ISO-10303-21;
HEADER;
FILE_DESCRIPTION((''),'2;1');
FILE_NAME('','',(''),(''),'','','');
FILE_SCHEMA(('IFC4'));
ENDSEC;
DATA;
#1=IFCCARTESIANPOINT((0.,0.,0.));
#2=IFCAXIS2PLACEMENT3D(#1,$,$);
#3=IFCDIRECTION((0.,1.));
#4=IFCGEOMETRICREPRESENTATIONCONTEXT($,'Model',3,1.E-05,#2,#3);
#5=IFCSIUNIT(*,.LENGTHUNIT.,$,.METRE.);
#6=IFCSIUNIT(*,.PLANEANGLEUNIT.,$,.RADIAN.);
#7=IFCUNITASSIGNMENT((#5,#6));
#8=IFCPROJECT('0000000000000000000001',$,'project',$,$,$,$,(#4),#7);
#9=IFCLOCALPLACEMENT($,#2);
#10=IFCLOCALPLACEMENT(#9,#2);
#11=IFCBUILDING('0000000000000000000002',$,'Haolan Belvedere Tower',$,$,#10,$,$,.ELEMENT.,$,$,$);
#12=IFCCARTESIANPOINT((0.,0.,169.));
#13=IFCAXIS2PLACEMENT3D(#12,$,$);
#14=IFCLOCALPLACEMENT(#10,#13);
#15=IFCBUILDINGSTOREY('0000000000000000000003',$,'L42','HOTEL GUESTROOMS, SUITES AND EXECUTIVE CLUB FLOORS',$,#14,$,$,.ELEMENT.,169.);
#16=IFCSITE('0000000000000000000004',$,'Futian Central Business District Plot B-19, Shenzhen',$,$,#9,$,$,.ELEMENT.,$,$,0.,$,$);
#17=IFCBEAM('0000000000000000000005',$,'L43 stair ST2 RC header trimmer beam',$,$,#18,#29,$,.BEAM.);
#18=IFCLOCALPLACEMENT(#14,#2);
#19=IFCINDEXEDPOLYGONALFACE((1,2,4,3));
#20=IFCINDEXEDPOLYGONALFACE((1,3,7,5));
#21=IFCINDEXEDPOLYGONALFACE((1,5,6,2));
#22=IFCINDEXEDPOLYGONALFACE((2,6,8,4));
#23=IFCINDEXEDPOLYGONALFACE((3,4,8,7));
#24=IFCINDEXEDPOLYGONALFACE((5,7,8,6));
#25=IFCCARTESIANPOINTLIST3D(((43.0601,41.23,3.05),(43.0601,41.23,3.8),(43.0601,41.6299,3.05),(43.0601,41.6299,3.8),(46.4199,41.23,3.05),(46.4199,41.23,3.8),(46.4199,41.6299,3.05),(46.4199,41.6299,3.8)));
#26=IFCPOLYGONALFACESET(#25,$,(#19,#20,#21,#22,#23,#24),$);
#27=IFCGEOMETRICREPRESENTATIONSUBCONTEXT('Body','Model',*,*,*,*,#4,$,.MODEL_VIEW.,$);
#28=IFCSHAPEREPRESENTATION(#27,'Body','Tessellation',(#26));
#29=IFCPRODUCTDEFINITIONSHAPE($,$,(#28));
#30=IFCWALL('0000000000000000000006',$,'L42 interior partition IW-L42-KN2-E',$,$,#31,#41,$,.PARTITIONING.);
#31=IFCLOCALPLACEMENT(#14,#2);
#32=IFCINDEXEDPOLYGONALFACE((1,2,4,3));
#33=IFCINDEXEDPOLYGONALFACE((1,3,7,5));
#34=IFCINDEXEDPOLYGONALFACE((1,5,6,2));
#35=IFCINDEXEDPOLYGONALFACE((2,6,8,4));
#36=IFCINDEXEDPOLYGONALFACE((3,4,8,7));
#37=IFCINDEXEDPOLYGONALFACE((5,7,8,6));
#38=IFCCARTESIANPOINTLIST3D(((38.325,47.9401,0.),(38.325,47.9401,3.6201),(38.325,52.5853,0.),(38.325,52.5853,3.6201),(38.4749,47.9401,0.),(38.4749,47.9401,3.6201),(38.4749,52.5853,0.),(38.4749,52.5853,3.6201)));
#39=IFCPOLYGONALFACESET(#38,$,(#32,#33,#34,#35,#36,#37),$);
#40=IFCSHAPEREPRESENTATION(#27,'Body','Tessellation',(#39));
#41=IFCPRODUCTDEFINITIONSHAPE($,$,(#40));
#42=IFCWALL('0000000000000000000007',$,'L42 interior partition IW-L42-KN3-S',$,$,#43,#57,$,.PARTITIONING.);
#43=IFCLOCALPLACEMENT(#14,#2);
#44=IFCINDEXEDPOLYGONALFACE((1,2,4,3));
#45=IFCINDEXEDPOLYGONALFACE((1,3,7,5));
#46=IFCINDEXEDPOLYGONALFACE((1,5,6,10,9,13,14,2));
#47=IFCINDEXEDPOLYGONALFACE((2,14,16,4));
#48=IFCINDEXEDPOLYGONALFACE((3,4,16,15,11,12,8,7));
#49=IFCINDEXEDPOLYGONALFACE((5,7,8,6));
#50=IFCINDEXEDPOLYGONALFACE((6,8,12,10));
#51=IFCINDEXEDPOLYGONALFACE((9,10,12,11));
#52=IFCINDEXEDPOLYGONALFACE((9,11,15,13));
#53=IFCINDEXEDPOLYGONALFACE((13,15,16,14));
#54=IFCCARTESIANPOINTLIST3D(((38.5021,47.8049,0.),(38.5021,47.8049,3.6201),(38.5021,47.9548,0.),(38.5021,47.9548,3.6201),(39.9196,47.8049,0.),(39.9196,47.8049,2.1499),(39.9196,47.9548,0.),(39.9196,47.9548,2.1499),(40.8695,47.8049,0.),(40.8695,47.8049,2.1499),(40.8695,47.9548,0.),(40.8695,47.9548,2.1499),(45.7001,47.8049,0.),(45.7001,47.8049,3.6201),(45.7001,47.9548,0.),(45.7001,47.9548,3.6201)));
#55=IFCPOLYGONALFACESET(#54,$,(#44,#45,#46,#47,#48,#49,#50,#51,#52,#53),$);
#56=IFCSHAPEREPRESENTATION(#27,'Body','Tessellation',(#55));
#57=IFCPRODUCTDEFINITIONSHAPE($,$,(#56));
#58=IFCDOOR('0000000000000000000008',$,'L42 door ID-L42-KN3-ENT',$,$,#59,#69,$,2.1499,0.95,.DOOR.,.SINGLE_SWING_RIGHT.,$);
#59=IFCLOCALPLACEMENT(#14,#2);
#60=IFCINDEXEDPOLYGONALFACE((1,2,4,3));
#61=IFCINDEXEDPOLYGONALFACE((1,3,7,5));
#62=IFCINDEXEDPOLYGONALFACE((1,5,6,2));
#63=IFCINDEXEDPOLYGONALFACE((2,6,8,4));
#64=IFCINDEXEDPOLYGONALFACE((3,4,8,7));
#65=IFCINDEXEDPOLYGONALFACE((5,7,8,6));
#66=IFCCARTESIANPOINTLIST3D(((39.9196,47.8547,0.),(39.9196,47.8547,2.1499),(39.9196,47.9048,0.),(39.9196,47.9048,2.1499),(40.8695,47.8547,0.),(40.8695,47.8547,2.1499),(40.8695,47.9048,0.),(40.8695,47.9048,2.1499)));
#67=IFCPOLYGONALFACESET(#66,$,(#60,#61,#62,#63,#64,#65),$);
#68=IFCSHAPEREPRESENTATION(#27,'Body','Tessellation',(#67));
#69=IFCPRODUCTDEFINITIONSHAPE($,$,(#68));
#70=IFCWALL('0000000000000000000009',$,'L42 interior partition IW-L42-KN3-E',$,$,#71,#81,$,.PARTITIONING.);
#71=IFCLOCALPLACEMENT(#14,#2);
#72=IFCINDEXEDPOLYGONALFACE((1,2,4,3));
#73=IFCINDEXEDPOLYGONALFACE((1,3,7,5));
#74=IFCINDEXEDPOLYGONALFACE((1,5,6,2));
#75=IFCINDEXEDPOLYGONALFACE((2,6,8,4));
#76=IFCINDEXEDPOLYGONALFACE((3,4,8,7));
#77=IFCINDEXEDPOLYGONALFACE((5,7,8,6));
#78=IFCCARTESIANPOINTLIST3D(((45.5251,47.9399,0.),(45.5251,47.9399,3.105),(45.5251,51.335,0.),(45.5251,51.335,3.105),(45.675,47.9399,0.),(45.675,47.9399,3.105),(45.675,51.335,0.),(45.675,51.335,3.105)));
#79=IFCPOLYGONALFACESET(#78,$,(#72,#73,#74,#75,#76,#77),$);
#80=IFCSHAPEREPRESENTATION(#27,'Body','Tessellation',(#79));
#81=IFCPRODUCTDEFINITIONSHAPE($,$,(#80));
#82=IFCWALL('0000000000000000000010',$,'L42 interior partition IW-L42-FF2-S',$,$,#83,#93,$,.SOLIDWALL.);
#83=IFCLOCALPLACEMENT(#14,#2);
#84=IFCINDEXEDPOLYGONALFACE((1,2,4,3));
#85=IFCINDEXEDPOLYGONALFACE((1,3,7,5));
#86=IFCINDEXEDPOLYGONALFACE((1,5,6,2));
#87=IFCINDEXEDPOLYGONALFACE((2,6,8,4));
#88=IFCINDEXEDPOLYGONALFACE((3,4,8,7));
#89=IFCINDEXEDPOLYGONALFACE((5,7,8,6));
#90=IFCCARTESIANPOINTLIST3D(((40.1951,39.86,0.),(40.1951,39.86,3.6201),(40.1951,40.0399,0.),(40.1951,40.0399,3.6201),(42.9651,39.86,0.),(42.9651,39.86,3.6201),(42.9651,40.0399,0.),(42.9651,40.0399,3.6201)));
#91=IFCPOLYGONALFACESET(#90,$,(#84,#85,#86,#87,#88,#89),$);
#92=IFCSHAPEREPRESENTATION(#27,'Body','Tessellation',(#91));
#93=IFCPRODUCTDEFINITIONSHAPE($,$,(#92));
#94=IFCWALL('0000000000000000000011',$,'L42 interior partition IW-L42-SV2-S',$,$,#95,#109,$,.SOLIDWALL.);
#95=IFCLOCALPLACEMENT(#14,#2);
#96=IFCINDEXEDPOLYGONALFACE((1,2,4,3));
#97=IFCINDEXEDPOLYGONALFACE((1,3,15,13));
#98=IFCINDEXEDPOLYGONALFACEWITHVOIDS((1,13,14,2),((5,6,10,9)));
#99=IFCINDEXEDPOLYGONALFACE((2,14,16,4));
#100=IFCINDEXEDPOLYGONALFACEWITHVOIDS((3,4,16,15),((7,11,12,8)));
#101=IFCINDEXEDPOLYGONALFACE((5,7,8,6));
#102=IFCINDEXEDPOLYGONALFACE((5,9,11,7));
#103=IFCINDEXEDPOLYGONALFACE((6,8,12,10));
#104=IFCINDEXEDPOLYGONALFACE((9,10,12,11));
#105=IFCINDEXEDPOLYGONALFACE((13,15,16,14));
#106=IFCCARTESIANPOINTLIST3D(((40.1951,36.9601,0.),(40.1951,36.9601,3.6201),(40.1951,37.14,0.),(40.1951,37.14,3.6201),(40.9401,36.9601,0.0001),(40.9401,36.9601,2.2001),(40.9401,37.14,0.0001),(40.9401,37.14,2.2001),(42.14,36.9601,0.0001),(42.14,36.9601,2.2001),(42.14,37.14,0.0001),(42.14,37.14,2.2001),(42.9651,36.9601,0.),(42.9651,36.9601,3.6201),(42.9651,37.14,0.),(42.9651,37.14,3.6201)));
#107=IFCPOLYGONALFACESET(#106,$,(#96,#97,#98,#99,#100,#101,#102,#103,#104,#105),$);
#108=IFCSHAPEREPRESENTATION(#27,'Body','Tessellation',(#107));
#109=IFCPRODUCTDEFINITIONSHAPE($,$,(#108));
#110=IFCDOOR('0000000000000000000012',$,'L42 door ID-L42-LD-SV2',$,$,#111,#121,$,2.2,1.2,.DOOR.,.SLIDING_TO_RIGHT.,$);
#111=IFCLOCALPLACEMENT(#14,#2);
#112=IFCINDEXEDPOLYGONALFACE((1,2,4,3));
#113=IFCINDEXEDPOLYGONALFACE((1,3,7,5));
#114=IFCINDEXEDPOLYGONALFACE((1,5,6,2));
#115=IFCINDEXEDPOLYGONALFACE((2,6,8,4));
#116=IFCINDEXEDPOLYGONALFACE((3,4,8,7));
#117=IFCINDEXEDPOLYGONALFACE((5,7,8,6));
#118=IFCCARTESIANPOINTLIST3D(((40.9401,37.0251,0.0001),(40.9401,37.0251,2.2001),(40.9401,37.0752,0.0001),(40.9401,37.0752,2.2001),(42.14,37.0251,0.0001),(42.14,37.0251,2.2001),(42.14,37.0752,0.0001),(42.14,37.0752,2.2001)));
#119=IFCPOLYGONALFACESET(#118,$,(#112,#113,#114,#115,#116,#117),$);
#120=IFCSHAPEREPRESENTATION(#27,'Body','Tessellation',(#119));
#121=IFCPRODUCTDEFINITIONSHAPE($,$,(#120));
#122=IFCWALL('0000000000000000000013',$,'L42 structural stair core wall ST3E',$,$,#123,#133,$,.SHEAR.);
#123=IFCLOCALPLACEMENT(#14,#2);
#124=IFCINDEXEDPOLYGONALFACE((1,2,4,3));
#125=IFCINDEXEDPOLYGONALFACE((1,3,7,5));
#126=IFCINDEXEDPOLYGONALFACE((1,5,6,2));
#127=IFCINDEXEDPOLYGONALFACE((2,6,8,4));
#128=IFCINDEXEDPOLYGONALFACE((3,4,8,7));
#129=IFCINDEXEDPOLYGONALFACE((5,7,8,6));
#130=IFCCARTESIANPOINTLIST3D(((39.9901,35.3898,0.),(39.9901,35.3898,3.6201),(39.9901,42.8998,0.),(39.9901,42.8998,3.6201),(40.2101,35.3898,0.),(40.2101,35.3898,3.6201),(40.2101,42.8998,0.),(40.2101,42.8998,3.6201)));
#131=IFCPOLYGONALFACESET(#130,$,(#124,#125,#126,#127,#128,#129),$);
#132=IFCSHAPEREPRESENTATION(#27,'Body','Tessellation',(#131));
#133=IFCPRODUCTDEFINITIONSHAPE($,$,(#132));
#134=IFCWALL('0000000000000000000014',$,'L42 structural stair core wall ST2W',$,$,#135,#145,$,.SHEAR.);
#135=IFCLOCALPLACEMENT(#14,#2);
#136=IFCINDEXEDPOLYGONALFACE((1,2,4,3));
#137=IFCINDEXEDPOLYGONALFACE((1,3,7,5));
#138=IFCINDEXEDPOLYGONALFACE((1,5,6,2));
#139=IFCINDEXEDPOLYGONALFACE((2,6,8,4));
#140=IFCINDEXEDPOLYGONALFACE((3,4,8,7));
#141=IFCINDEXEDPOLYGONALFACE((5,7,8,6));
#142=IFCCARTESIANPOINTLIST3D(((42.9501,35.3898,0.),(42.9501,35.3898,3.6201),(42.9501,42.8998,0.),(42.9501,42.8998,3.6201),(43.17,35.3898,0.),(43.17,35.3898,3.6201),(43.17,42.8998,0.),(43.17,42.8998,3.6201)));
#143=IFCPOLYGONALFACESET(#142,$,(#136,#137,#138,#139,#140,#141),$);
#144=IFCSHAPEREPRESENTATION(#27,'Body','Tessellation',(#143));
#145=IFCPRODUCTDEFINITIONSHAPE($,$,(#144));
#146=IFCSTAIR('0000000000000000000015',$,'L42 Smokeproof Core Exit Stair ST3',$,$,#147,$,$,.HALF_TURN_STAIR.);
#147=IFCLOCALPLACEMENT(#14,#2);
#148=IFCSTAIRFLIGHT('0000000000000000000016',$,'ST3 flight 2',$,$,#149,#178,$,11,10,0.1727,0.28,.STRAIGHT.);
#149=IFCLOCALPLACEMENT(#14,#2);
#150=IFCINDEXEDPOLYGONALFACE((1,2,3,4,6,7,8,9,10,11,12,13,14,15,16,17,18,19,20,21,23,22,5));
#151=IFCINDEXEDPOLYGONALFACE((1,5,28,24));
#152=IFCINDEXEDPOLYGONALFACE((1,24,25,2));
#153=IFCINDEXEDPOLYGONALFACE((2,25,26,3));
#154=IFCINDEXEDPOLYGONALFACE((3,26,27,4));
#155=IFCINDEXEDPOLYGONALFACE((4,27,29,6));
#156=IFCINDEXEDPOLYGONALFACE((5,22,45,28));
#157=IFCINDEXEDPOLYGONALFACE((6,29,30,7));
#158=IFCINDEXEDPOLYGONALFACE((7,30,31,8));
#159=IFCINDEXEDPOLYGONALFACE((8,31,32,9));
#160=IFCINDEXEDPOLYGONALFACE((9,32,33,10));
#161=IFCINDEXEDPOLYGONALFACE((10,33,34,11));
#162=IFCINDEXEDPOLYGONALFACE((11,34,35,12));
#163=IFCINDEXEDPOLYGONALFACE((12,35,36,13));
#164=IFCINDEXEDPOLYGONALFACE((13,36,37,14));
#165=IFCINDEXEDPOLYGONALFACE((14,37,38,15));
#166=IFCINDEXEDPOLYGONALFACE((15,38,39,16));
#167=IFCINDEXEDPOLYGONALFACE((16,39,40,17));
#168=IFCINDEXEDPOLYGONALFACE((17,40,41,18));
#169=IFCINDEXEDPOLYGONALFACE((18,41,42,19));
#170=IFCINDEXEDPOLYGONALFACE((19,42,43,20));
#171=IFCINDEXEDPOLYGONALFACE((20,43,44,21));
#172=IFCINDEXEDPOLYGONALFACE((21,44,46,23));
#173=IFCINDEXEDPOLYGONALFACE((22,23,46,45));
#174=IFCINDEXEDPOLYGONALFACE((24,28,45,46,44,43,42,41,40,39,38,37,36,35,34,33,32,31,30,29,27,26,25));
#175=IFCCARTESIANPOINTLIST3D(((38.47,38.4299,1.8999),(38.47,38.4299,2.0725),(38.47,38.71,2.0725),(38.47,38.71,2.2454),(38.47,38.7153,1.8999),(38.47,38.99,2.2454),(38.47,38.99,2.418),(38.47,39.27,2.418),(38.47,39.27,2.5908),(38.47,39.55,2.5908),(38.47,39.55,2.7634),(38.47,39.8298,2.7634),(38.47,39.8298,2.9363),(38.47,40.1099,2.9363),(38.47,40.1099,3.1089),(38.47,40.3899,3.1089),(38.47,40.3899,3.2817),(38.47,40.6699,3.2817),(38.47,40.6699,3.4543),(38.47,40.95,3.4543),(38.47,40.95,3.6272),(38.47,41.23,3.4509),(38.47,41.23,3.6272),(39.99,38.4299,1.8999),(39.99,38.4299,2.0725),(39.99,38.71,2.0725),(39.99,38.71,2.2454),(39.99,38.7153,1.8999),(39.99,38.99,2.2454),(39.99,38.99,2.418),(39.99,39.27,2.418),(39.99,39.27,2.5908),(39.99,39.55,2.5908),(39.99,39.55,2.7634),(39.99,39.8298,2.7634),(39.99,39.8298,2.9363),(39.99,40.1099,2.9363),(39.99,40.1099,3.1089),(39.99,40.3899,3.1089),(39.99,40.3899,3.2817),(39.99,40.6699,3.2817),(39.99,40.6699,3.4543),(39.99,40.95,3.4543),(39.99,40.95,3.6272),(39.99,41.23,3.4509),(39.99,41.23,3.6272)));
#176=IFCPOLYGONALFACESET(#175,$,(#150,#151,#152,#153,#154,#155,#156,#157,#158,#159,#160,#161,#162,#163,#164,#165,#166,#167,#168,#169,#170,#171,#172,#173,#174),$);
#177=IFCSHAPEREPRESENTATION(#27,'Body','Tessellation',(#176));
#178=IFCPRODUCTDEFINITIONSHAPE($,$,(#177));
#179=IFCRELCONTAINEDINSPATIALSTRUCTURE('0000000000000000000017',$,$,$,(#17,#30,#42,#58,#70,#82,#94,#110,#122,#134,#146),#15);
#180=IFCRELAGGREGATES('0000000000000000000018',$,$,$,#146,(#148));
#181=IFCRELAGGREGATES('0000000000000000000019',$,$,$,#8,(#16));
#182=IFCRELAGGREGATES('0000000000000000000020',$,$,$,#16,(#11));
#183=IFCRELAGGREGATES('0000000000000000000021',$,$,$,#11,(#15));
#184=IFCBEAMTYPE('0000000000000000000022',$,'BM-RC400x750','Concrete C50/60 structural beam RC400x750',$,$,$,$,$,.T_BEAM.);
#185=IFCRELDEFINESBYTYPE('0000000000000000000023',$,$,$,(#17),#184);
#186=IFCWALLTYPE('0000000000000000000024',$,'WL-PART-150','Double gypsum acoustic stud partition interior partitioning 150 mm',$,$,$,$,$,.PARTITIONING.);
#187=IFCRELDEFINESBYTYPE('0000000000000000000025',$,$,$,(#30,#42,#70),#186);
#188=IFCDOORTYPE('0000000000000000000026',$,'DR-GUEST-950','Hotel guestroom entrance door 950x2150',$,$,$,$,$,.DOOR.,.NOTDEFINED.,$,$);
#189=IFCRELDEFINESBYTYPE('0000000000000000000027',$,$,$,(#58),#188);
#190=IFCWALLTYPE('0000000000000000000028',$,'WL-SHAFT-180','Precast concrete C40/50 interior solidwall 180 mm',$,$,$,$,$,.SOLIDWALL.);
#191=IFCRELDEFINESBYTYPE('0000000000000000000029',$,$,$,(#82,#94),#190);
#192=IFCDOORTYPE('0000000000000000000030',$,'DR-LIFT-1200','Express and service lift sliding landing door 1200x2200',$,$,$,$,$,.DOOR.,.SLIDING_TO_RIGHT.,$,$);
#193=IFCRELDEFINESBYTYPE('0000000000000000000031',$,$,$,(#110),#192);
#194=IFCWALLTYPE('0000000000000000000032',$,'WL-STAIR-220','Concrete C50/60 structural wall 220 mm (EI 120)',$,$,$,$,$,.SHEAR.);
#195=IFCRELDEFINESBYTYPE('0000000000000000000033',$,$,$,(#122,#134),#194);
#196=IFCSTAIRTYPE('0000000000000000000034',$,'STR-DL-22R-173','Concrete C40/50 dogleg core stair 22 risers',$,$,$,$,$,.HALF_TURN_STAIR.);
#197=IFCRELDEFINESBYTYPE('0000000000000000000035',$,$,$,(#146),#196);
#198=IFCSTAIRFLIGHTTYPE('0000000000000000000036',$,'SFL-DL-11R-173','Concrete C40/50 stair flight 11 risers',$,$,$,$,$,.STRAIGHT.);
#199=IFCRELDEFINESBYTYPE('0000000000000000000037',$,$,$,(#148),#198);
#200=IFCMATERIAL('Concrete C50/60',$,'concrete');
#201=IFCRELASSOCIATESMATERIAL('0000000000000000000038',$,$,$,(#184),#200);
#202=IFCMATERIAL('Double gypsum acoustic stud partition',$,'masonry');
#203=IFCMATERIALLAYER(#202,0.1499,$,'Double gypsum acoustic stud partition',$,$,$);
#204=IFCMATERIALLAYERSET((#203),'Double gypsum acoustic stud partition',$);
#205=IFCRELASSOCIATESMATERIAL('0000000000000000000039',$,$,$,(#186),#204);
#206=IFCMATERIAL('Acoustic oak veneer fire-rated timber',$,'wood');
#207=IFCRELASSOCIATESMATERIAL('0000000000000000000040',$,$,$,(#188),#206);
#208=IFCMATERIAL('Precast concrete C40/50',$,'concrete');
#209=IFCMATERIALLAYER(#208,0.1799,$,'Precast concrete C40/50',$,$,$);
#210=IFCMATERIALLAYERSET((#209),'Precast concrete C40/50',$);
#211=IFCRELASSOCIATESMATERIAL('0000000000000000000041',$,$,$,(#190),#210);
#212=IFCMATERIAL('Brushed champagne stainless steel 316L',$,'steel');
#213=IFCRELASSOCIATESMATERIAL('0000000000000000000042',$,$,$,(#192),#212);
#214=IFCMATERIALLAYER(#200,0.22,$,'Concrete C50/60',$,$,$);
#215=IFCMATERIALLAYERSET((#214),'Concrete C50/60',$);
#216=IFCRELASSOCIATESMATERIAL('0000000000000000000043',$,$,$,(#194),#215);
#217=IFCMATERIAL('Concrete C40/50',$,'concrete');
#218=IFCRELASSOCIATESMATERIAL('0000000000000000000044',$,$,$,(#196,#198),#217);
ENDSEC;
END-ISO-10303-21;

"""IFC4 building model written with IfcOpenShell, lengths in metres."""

from ifc_helpers import new_model, si_unit, direction, frame, frame_2d, origin, origin_2d, place, context, subcontext, project, spatial, polyline, rectangle, outline, extrude, material, layer, layer_set, material_profile, profile_set, type_object, element, fill, aggregate, save


model = new_model("IFC4")

# Units and contexts
model_context = context("Model", 3, precision=1e-05, world=origin(), true_north=direction((0.0, 1.0)))
body_context = subcontext(model_context, "Body", "Model", "MODEL_VIEW")
ifc_project = project(units=[si_unit("LENGTHUNIT", "METRE"), si_unit("PLANEANGLEUNIT", "RADIAN")], contexts=[model_context])

# Site, building, storey
site_placement = place(None, origin())
site = spatial("IfcSite", under=ifc_project, at=site_placement, Name="Futian Central Business District Plot B-19, Shenzhen", CompositionType="ELEMENT", RefElevation=0.0)
building_placement = place(site_placement, origin())
building = spatial("IfcBuilding", under=site, at=building_placement, Name="Haolan Belvedere Tower", CompositionType="ELEMENT")
storey_placement = place(building_placement, frame((0.0, 0.0, 169.0)))
storey = spatial("IfcBuildingStorey", under=building, at=storey_placement, Name="L42", Description="HOTEL GUESTROOMS, SUITES AND EXECUTIVE CLUB FLOORS", CompositionType="ELEMENT", Elevation=169.0)

# Beam
ifc_material_1 = material(Name="Concrete C50/60", Category="concrete")
ifc_material_profile = material_profile(ifc_material_1, rectangle(XDim=0.3999, YDim=0.75, at=origin_2d()), Name="Concrete C50/60")
ifc_profile_set = profile_set([ifc_material_profile], Name="Concrete C50/60")
beam_type = type_object("IfcBeamType", Name="BM-RC400x750", Description="Concrete C50/60 structural beam RC400x750", PredefinedType="T_BEAM", material=ifc_profile_set)
beam_placement = place(storey_placement, frame((43.0601, 41.4299, 3.425), z_axis=(1.0, 0.0, 0.0), x_axis=(0.0, 1.0, 0.0)))
element("IfcBeam", 1, at=beam_placement, inside=storey, type_object=beam_type, Name="L43 stair ST2 RC header trimmer beam", PredefinedType="BEAM", context=body_context, shape_type="SweptSolid", body=[
    extrude(rectangle(XDim=0.3999, YDim=0.75, at=origin_2d()), origin(), (0.0, 0.0, 1.0), 3.3599),
])

# Shared definitions
ifc_material_2 = material(Name="Concrete C40/50", Category="concrete")

# Wall
ifc_material_3 = material(Name="Double gypsum acoustic stud partition", Category="masonry")
ifc_layer_1 = layer(ifc_material_3, 0.1499, Name="Double gypsum acoustic stud partition")
ifc_layer_set_1 = layer_set([ifc_layer_1], Name="Double gypsum acoustic stud partition")
wall_type_1 = type_object("IfcWallType", Name="WL-PART-150", Description="Double gypsum acoustic stud partition interior partitioning 150 mm", PredefinedType="PARTITIONING", material=ifc_layer_set_1)
wall_1_placement = place(storey_placement, frame((38.3999, 47.9399, 0.0), z_axis=(0.0, 0.0, 1.0), x_axis=(0.0, 1.0, 0.0)))
element("IfcWall", 2, at=wall_1_placement, inside=storey, type_object=wall_type_1, Name="L42 interior partition IW-L42-KN2-E", PredefinedType="PARTITIONING", context=body_context, shape_type="SweptSolid", body=[
    extrude(rectangle(XDim=4.6453, YDim=0.1499, at=frame_2d((2.3228, 0.0))), origin(), (0.0, 0.0, 1.0), 3.6201),
])

# Wall, opening, door
wall_2_placement = place(storey_placement, frame((38.502, 47.8799, 0.0), z_axis=(0.0, 0.0, 1.0), x_axis=(1.0, 0.0, 0.0)))
wall_2 = element("IfcWall", 3, at=wall_2_placement, inside=storey, type_object=wall_type_1, Name="L42 interior partition IW-L42-KN3-S", PredefinedType="PARTITIONING", context=body_context, shape_type="SweptSolid", body=[
    extrude(rectangle(XDim=7.198, YDim=0.1499, at=frame_2d((3.5991, 0.0))), origin(), (0.0, 0.0, 1.0), 3.6201),
])
opening_1_placement = place(wall_2_placement, frame((1.4175, 0.0, 0.0)))
opening_1 = element("IfcOpeningElement", 4, at=opening_1_placement, cuts=wall_2, PredefinedType="OPENING", context=body_context, shape_type="SweptSolid", body=[
    extrude(rectangle(XDim=0.95, YDim=2.1499, at=frame_2d((0.4751, 1.075))), frame((0.0, 0.085, 0.0), z_axis=(0.0, -1.0, 0.0), x_axis=(1.0, 0.0, 0.0)), (0.0, 0.0, 1.0), 0.1699),
])
ifc_material_4 = material(Name="Acoustic oak veneer fire-rated timber", Category="wood")
door_type_1 = type_object("IfcDoorType", Name="DR-GUEST-950", Description="Hotel guestroom entrance door 950x2150", OperationType="NOTDEFINED", PredefinedType="DOOR", material=ifc_material_4)
door_1_placement = place(opening_1_placement, origin())
door_1 = element("IfcDoor", 5, at=door_1_placement, inside=storey, type_object=door_type_1, Name="L42 door ID-L42-KN3-ENT", OperationType="SINGLE_SWING_RIGHT", OverallHeight=2.1499, OverallWidth=0.95, PredefinedType="DOOR", context=body_context, shape_type="SweptSolid", body=[
    extrude(rectangle(XDim=0.95, YDim=2.1499, at=frame_2d((0.4751, 1.075))), frame((0.0, 0.0249, 0.0), z_axis=(0.0, -1.0, 0.0), x_axis=(1.0, 0.0, 0.0)), (0.0, 0.0, 1.0), 0.05),
])
fill(opening_1, door_1)

# Walls
wall_3_placement = place(storey_placement, frame((45.6001, 47.9399, 0.0), z_axis=(0.0, 0.0, 1.0), x_axis=(0.0, 1.0, 0.0)))
element("IfcWall", 6, at=wall_3_placement, inside=storey, type_object=wall_type_1, Name="L42 interior partition IW-L42-KN3-E", PredefinedType="PARTITIONING", context=body_context, shape_type="SweptSolid", body=[
    extrude(rectangle(XDim=3.395, YDim=0.1499, at=frame_2d((1.6975, 0.0))), origin(), (0.0, 0.0, 1.0), 3.105),
])
ifc_material_5 = material(Name="Precast concrete C40/50", Category="concrete")
ifc_layer_2 = layer(ifc_material_5, 0.1799, Name="Precast concrete C40/50")
ifc_layer_set_2 = layer_set([ifc_layer_2], Name="Precast concrete C40/50")
wall_type_2 = type_object("IfcWallType", Name="WL-SHAFT-180", Description="Precast concrete C40/50 interior solidwall 180 mm", PredefinedType="SOLIDWALL", material=ifc_layer_set_2)
wall_4_placement = place(storey_placement, frame((40.1951, 39.95, 0.0), z_axis=(0.0, 0.0, 1.0), x_axis=(1.0, 0.0, 0.0)))
element("IfcWall", 7, at=wall_4_placement, inside=storey, type_object=wall_type_2, Name="L42 interior partition IW-L42-FF2-S", PredefinedType="SOLIDWALL", context=body_context, shape_type="SweptSolid", body=[
    extrude(rectangle(XDim=2.77, YDim=0.1799, at=frame_2d((1.385, 0.0))), origin(), (0.0, 0.0, 1.0), 3.6201),
])

# Wall, opening, door
wall_5_placement = place(storey_placement, frame((40.1951, 37.05, 0.0), z_axis=(0.0, 0.0, 1.0), x_axis=(1.0, 0.0, 0.0)))
wall_5 = element("IfcWall", 8, at=wall_5_placement, inside=storey, type_object=wall_type_2, Name="L42 interior partition IW-L42-SV2-S", PredefinedType="SOLIDWALL", context=body_context, shape_type="SweptSolid", body=[
    extrude(rectangle(XDim=2.77, YDim=0.1799, at=frame_2d((1.385, 0.0))), origin(), (0.0, 0.0, 1.0), 3.6201),
])
opening_2_placement = place(wall_5_placement, frame((1.9451, 0.0, 0.0), z_axis=(0.0, 0.0, 1.0), x_axis=(-1.0, 0.0, 0.0)))
opening_2 = element("IfcOpeningElement", 9, at=opening_2_placement, cuts=wall_5, PredefinedType="OPENING", context=body_context, shape_type="SweptSolid", body=[
    extrude(rectangle(XDim=1.2, YDim=2.2, at=frame_2d((0.6001, 1.1001))), frame((0.0, 0.0999, 0.0), z_axis=(0.0, -1.0, 0.0), x_axis=(1.0, 0.0, 0.0)), (0.0, 0.0, 1.0), 0.2),
])
ifc_material_6 = material(Name="Brushed champagne stainless steel 316L", Category="steel")
door_type_2 = type_object("IfcDoorType", Name="DR-LIFT-1200", Description="Express and service lift sliding landing door 1200x2200", OperationType="SLIDING_TO_RIGHT", PredefinedType="DOOR", material=ifc_material_6)
door_2_placement = place(opening_2_placement, origin())
door_2 = element("IfcDoor", 10, at=door_2_placement, inside=storey, type_object=door_type_2, Name="L42 door ID-L42-LD-SV2", OperationType="SLIDING_TO_RIGHT", OverallHeight=2.2, OverallWidth=1.2, PredefinedType="DOOR", context=body_context, shape_type="SweptSolid", body=[
    extrude(rectangle(XDim=1.2, YDim=2.2, at=frame_2d((0.6001, 1.1001))), frame((0.0, 0.0249, 0.0), z_axis=(0.0, -1.0, 0.0), x_axis=(1.0, 0.0, 0.0)), (0.0, 0.0, 1.0), 0.05),
])
fill(opening_2, door_2)

# Walls
ifc_layer_3 = layer(ifc_material_1, 0.22, Name="Concrete C50/60")
ifc_layer_set_3 = layer_set([ifc_layer_3], Name="Concrete C50/60")
wall_type_3 = type_object("IfcWallType", Name="WL-STAIR-220", Description="Concrete C50/60 structural wall 220 mm (EI 120)", PredefinedType="SHEAR", material=ifc_layer_set_3)
for number, where, z_axis, x_axis, name in (
    (11, (40.1001, 35.3899, 0.0), (0.0, 0.0, 1.0), (0.0, 1.0, 0.0), "L42 structural stair core wall ST3E"),
    (12, (43.0601, 35.3899, 0.0), (0.0, 0.0, 1.0), (0.0, 1.0, 0.0), "L42 structural stair core wall ST2W"),
):
    element("IfcWall", number, at=place(storey_placement, frame(where, z_axis=z_axis, x_axis=x_axis)), inside=storey, type_object=wall_type_3, Name=name, PredefinedType="SHEAR", context=body_context, shape_type="SweptSolid", body=[
        extrude(rectangle(XDim=7.51, YDim=0.22, at=frame_2d((3.7549, 0.0))), origin(), (0.0, 0.0, 1.0), 3.6201),
    ])

# Stair, stair flight
stair_type = type_object("IfcStairType", Name="STR-DL-22R-173", Description="Concrete C40/50 dogleg core stair 22 risers", PredefinedType="HALF_TURN_STAIR", material=ifc_material_2)
stair_1_placement = place(storey_placement, origin())
stair_1 = element("IfcStair", 13, at=stair_1_placement, inside=storey, type_object=stair_type, Name="L42 Smokeproof Core Exit Stair ST3", PredefinedType="HALF_TURN_STAIR")
stair_flight_type = type_object("IfcStairFlightType", Name="SFL-DL-11R-173", Description="Concrete C40/50 stair flight 11 risers", PredefinedType="STRAIGHT", material=ifc_material_2)
stair_flight_1_placement = place(storey_placement, frame((39.23, 38.4299, 1.8999), z_axis=(0.0, 0.0, 1.0), x_axis=(0.0, 1.0, 0.0)))
stair_flight_1 = element("IfcStairFlight", 14, at=stair_flight_1_placement, type_object=stair_flight_type, Name="ST3 flight 2", NumberOfRisers=11, NumberOfTreads=10, PredefinedType="STRAIGHT", RiserHeight=0.1727, TreadLength=0.28, context=body_context, shape_type="SweptSolid", body=[
    extrude(outline(polyline([(0.0, 0.0), (0.0, 0.1726), (0.28, 0.1726), (0.28, 0.3455), (0.5601, 0.3455), (0.5601, 0.5181), (0.8401, 0.5181), (0.8401, 0.6909), (1.1201, 0.6909), (1.1201, 0.8635), (1.3999, 0.8635), (1.3999, 1.0364), (1.6799, 1.0364), (1.6799, 1.209), (1.96, 1.209), (1.96, 1.3818), (2.24, 1.3818), (2.24, 1.5544), (2.52, 1.5544), (2.52, 1.7273), (2.8, 1.7273), (2.8, 1.8999), (2.8, 1.551), (0.2854, 0.0), (0.0, 0.0)])), frame((0.0, 0.76, 0.0), z_axis=(0.0, -1.0, 0.0), x_axis=(1.0, 0.0, 0.0)), (0.0, 0.0, 1.0), 1.52),
])
aggregate(stair_1, [stair_flight_1])

save(model, "model.ifc")
